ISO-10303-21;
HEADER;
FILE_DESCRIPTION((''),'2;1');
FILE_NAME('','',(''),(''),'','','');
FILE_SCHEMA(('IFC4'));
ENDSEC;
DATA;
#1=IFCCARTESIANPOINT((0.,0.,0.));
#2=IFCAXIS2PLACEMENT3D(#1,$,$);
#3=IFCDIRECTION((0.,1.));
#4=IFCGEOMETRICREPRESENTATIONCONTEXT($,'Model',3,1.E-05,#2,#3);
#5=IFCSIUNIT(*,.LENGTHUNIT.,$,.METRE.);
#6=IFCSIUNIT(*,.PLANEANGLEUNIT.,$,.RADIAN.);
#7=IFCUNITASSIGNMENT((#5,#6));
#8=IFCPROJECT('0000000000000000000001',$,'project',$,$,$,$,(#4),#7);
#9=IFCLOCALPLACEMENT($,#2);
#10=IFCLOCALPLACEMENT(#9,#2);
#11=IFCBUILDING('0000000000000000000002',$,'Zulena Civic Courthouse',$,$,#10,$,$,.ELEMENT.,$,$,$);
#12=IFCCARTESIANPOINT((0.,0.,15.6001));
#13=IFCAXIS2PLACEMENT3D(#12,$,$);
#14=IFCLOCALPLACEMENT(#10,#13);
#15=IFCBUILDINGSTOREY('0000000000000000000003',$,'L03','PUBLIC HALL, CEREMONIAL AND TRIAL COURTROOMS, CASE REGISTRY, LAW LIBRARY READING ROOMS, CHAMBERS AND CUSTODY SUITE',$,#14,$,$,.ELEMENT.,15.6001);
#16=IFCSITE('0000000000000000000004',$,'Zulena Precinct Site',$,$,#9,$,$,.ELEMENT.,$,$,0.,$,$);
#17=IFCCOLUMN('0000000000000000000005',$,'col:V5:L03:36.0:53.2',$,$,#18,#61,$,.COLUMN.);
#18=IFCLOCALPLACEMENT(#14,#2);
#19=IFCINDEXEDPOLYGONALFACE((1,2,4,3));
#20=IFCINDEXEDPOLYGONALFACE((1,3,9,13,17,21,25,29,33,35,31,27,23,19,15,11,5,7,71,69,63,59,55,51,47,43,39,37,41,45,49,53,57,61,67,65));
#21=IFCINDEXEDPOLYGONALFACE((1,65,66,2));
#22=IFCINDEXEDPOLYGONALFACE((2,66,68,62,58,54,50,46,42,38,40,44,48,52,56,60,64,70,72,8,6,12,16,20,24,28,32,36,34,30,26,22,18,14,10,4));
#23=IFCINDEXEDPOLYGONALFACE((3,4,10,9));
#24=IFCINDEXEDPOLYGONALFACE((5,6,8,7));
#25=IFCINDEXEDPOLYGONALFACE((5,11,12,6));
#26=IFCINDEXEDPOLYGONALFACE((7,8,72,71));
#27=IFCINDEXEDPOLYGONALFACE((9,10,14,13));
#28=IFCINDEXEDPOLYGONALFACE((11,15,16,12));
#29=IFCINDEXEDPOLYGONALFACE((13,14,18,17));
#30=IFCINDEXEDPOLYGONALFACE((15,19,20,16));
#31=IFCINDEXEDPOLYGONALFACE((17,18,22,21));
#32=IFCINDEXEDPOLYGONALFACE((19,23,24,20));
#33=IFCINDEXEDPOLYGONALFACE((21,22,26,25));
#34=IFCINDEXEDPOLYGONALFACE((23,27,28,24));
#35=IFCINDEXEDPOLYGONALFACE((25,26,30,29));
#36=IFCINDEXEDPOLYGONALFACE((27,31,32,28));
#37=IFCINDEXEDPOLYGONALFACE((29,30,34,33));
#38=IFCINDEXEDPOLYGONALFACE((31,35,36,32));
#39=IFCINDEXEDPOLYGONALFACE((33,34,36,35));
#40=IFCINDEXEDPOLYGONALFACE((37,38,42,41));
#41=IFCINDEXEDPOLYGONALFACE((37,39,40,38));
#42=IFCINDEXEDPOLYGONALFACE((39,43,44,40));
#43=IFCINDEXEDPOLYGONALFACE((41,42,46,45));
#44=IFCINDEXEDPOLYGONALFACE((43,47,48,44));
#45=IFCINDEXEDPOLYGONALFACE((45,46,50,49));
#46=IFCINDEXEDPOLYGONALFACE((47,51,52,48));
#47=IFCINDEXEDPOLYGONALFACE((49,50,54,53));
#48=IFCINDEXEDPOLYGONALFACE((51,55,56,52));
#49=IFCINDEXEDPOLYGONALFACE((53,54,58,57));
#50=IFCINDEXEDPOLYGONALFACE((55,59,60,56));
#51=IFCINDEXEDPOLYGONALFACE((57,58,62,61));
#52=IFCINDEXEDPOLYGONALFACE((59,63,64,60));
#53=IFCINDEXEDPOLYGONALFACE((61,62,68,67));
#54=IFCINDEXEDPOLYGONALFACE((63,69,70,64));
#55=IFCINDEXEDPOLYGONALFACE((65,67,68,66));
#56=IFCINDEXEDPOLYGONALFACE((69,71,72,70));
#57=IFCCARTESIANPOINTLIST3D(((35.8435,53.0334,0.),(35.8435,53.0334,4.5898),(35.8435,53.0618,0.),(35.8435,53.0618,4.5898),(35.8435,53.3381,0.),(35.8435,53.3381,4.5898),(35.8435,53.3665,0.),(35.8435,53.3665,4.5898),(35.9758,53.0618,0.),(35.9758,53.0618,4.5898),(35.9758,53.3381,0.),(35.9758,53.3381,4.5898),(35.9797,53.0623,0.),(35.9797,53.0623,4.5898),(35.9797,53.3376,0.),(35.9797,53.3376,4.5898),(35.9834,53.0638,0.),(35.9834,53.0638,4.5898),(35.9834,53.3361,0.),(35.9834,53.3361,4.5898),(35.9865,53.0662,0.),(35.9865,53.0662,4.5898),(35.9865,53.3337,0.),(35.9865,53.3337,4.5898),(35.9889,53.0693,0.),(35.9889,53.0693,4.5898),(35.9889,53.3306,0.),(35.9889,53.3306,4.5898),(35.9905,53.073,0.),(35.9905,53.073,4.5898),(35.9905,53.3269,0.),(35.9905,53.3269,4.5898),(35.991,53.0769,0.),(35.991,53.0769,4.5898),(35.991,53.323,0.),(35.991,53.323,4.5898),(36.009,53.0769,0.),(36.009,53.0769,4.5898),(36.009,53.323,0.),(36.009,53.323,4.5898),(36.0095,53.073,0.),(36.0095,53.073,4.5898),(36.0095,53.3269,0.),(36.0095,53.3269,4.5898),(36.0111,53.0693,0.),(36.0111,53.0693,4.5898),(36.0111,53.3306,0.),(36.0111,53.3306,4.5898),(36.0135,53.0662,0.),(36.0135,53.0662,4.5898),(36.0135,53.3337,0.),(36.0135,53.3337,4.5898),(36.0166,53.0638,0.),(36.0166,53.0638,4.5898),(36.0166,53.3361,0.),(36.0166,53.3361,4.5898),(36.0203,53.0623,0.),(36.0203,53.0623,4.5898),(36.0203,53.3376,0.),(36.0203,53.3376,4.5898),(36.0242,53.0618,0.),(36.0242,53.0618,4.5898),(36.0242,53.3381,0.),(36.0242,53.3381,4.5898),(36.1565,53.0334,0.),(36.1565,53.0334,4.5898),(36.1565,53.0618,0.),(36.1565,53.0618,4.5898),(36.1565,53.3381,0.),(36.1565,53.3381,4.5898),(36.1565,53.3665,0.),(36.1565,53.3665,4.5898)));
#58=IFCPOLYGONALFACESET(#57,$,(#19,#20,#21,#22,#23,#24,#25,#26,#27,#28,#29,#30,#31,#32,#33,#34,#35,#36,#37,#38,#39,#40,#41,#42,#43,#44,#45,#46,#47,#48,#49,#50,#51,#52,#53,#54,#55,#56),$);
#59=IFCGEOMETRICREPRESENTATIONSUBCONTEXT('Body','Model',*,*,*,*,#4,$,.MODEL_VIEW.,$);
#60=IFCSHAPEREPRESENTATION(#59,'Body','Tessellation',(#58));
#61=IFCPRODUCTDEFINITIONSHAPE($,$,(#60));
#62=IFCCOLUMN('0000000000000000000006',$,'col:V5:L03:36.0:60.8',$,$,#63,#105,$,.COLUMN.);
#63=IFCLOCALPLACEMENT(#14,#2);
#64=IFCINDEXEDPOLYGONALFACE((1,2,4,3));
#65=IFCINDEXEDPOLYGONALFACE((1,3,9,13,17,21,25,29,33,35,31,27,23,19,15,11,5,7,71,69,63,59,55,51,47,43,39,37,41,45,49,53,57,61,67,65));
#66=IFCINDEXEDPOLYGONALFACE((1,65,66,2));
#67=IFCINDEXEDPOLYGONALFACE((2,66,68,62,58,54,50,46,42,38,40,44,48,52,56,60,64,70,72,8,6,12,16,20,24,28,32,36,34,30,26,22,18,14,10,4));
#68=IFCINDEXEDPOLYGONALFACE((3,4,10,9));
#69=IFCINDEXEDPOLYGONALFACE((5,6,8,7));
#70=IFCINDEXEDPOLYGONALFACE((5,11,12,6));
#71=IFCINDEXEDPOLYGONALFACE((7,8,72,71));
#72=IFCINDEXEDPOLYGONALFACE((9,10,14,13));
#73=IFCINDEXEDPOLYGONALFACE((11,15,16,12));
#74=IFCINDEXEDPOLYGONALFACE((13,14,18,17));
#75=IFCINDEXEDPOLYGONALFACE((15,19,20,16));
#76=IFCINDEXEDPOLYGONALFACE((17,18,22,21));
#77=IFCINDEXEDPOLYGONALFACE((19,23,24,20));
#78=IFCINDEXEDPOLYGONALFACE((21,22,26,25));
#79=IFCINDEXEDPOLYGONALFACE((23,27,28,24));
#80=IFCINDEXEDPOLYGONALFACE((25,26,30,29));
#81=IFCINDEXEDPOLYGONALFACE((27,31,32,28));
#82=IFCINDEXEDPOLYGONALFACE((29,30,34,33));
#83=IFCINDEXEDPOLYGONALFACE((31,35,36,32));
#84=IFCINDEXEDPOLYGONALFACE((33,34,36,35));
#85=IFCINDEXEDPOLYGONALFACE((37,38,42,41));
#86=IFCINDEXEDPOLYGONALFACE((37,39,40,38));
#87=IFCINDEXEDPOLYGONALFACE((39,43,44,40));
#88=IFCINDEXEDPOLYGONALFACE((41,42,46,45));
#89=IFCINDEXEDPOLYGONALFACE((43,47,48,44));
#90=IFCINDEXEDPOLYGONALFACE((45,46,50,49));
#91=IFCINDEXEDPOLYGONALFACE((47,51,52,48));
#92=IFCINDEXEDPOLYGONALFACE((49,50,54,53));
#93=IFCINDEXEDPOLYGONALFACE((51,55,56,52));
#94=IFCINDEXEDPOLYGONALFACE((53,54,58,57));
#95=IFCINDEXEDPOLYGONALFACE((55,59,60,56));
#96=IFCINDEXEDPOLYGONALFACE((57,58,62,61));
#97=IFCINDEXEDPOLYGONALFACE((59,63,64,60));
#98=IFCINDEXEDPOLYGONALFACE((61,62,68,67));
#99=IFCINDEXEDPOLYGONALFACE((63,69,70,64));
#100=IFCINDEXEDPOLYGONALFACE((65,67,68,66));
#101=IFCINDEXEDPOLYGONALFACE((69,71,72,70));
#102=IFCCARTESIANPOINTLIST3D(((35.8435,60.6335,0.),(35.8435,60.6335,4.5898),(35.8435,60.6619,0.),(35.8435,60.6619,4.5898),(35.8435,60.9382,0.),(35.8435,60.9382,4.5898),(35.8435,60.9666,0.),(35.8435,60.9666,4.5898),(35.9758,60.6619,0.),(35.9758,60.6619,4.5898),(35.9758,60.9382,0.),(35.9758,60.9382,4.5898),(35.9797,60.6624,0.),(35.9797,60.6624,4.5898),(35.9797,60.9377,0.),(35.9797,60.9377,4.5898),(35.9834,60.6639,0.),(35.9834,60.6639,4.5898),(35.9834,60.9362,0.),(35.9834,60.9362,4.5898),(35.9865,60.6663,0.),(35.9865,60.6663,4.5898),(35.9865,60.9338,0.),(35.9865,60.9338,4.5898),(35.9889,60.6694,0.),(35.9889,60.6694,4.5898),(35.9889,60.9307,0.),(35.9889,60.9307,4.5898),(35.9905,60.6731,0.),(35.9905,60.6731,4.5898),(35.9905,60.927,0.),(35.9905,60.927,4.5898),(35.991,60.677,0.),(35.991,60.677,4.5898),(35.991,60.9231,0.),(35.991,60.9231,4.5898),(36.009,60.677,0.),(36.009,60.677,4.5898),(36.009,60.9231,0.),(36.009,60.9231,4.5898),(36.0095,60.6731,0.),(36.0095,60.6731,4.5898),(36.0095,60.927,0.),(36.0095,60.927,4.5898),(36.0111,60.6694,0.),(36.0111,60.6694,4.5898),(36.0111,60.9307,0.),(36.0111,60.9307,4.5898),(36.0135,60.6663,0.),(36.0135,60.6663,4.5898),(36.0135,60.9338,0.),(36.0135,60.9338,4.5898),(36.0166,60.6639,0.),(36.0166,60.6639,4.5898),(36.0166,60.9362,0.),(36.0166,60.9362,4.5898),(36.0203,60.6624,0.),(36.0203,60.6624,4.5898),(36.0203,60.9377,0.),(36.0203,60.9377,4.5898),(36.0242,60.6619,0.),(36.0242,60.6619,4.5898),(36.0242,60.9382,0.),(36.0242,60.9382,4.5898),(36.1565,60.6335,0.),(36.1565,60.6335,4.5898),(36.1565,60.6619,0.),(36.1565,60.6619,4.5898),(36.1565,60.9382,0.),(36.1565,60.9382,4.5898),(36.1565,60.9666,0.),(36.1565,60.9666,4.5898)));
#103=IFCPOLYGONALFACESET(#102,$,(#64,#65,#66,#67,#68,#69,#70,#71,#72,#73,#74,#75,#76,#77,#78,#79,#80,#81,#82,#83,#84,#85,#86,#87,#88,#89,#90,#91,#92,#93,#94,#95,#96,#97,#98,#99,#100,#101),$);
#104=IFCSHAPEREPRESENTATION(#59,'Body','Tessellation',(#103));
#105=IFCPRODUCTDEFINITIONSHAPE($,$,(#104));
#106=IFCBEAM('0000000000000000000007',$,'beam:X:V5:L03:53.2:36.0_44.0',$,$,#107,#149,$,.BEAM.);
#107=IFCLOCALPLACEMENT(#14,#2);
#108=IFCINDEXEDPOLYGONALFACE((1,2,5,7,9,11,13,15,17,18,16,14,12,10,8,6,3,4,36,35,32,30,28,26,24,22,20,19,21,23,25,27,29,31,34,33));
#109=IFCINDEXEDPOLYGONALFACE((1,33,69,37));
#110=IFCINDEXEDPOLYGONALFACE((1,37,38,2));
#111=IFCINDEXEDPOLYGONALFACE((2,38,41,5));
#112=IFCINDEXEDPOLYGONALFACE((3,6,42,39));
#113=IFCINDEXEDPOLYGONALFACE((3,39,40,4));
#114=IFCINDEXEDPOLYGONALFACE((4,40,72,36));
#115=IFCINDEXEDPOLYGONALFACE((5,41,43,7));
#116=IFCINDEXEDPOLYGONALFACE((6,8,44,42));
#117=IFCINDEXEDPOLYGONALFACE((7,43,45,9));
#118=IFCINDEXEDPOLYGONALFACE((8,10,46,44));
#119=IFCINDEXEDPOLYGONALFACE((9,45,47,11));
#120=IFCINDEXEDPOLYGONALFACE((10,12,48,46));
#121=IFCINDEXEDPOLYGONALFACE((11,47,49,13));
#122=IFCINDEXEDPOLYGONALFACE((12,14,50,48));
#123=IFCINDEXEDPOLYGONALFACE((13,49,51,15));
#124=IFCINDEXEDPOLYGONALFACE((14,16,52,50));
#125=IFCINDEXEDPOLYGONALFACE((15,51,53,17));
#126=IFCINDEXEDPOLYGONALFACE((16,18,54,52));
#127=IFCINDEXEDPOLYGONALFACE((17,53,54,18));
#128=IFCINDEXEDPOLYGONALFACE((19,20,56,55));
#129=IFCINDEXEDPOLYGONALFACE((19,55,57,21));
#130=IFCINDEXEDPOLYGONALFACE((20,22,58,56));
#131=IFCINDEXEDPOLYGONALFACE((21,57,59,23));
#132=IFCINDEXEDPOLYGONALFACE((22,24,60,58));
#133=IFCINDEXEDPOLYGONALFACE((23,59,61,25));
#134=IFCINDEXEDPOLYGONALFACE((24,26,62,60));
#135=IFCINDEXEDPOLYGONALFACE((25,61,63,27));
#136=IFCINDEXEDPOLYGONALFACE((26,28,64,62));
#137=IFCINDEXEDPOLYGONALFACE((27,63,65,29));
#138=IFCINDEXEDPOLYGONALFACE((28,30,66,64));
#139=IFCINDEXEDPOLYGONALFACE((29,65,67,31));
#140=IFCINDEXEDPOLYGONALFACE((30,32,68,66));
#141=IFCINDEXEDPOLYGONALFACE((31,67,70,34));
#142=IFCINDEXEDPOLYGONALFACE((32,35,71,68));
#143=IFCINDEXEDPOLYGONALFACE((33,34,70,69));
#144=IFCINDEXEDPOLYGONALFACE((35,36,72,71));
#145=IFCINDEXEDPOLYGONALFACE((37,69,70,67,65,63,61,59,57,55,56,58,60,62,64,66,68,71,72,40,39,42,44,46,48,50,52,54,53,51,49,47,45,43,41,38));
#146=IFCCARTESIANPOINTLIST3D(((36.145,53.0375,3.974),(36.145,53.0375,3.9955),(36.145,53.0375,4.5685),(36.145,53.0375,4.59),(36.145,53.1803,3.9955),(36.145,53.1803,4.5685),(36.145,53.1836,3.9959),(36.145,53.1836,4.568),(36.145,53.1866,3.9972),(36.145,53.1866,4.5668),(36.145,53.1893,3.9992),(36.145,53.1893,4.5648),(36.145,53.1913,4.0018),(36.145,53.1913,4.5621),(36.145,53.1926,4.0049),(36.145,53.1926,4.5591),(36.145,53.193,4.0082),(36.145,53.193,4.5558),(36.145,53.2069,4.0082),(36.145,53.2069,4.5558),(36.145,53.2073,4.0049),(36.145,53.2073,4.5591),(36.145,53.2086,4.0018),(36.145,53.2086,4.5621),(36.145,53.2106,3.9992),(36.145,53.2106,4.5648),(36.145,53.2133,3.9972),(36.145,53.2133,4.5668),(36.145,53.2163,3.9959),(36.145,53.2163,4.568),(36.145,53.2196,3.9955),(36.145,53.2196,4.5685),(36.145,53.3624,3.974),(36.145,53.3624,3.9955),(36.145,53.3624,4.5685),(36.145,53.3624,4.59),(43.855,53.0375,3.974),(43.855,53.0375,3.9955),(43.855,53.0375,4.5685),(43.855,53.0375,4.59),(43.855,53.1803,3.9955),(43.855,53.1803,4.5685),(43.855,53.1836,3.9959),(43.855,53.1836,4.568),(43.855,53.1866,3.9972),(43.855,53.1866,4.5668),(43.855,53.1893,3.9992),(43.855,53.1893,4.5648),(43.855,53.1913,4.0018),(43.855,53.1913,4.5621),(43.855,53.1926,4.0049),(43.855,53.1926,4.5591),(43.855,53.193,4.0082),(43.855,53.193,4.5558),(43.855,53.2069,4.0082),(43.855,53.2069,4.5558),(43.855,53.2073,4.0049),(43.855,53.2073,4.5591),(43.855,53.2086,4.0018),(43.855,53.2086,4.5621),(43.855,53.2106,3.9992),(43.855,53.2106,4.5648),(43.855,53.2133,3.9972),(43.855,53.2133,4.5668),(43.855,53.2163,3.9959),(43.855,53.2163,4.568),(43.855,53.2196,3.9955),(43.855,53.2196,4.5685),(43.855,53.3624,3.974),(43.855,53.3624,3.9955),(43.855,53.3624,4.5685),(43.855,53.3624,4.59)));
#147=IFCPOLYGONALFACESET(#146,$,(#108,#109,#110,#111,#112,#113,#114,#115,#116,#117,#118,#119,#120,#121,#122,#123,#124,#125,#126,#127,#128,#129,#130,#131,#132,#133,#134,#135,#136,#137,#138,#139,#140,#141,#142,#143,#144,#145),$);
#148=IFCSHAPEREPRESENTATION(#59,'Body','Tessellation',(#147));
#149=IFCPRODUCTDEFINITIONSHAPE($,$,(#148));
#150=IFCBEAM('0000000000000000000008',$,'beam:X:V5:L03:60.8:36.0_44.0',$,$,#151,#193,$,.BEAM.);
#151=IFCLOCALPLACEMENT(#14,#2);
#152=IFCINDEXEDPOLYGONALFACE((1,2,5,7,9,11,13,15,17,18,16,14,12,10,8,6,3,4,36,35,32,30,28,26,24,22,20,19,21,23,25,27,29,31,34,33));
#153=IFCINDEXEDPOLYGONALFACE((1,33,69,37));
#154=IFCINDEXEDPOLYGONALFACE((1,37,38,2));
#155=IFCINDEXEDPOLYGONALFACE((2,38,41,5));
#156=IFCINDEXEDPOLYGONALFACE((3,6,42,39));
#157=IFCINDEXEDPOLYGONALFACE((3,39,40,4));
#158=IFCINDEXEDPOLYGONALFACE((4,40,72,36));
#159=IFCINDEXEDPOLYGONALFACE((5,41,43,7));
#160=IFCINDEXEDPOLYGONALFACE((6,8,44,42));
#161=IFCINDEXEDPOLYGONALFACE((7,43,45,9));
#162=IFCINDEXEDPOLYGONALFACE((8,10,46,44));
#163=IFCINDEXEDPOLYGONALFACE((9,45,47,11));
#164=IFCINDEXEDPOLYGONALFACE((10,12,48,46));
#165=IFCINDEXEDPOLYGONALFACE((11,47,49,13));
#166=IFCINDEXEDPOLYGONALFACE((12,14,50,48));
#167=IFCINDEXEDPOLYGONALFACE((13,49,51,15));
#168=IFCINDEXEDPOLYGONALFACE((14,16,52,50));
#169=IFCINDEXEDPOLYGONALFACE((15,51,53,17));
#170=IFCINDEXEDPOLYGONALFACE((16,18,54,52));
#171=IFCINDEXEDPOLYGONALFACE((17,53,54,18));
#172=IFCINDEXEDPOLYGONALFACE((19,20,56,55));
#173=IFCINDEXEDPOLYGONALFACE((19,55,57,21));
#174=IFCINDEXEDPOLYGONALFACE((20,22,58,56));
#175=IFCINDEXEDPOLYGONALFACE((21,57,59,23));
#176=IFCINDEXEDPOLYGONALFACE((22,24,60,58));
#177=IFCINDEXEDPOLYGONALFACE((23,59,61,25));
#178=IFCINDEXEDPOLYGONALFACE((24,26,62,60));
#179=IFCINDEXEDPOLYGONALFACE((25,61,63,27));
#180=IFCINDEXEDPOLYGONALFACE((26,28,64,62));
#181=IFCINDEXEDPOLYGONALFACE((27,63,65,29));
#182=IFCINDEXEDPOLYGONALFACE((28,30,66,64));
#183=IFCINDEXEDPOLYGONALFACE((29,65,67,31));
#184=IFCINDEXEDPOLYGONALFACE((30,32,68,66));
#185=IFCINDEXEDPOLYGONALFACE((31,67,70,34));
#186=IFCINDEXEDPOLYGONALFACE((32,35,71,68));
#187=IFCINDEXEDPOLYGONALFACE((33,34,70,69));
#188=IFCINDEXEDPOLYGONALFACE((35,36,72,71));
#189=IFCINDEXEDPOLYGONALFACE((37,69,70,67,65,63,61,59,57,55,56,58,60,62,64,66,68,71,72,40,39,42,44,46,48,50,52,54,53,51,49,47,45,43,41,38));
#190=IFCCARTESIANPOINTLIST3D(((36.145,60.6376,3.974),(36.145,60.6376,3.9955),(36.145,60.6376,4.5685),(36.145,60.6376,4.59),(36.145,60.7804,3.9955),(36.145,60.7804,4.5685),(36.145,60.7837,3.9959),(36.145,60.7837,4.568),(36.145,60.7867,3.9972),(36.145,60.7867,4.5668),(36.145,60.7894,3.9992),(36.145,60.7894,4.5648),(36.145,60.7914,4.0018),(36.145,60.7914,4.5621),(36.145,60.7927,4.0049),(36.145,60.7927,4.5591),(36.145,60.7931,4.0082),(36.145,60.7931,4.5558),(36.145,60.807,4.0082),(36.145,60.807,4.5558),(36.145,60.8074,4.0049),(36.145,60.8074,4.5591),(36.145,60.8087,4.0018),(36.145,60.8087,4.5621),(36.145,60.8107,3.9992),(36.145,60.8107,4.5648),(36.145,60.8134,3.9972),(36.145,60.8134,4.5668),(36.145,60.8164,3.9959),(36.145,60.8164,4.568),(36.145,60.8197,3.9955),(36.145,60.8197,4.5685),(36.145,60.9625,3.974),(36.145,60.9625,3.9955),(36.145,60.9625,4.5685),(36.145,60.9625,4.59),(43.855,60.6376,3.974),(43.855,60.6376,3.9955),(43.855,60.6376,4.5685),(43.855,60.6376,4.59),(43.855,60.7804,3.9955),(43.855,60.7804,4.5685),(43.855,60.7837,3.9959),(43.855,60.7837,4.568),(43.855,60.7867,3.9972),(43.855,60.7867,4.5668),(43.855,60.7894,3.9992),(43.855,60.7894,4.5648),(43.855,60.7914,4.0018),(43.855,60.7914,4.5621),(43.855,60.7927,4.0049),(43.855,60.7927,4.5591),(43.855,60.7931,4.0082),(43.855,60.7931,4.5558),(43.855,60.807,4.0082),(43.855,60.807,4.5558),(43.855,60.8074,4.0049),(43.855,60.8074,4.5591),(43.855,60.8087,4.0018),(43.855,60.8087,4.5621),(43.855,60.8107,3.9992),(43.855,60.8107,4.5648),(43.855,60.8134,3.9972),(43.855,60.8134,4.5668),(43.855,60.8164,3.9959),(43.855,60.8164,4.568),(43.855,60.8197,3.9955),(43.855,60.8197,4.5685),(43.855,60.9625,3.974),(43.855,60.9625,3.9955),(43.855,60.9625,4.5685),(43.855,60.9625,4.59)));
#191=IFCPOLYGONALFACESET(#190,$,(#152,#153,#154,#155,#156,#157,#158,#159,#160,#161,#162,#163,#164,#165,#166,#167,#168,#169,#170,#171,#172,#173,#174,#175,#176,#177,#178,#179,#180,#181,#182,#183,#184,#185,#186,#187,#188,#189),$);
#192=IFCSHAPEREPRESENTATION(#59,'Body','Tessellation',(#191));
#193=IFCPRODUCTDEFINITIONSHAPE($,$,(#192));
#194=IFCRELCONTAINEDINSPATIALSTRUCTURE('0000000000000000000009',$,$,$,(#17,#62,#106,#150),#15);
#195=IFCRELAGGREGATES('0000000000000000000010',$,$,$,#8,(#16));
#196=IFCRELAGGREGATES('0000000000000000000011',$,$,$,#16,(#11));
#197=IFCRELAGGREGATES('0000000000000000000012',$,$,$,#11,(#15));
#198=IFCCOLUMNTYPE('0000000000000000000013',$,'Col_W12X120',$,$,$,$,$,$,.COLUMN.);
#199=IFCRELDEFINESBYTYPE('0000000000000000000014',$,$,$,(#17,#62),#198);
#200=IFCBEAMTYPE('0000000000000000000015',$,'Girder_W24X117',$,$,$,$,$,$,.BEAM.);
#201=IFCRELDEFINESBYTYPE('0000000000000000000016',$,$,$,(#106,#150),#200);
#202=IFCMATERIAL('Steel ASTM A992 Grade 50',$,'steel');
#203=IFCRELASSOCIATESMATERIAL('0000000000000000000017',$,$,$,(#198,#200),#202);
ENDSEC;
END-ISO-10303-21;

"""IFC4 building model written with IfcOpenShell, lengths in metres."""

from ifc_helpers import new_model, si_unit, direction, frame, origin, origin_2d, place, context, subcontext, project, spatial, i_section, extrude, material, material_profile, profile_set, type_object, element, save


model = new_model("IFC4")

# Units and contexts
model_context = context("Model", 3, precision=1e-05, world=origin(), true_north=direction((0.0, 1.0)))
body_context = subcontext(model_context, "Body", "Model", "MODEL_VIEW")
ifc_project = project(units=[si_unit("LENGTHUNIT", "METRE"), si_unit("PLANEANGLEUNIT", "RADIAN")], contexts=[model_context])

# Site, building, storey
site_placement = place(None, origin())
site = spatial("IfcSite", under=ifc_project, at=site_placement, Name="Zulena Precinct Site", CompositionType="ELEMENT", RefElevation=0.0)
building_placement = place(site_placement, origin())
building = spatial("IfcBuilding", under=site, at=building_placement, Name="Zulena Civic Courthouse", CompositionType="ELEMENT")
storey_placement = place(building_placement, frame((0.0, 0.0, 15.6001)))
storey = spatial("IfcBuildingStorey", under=building, at=storey_placement, Name="L03", Description="PUBLIC HALL, CEREMONIAL AND TRIAL COURTROOMS, CASE REGISTRY, LAW LIBRARY READING ROOMS, CHAMBERS AND CUSTODY SUITE", CompositionType="ELEMENT", Elevation=15.6001)

# Columns
ifc_material_1 = material(Name="Steel ASTM A992 Grade 50", Category="steel")
ifc_material_profile_1 = material_profile(ifc_material_1, i_section(OverallWidth=0.313, OverallDepth=0.333, WebThickness=0.0181, FlangeThickness=0.0283, FilletRadius=0.0151, at=origin_2d()), Name="W12X120")
ifc_profile_set_1 = profile_set([ifc_material_profile_1], Name="Steel ASTM A992 Grade 50")
column_type = type_object("IfcColumnType", Name="Col_W12X120", PredefinedType="COLUMN", material=ifc_profile_set_1)
for number, where, z_axis, x_axis, name in (
    (1, (36.0, 53.2, 0.0), (0.0, 0.0, 1.0), (1.0, 0.0, 0.0), "col:V5:L03:36.0:53.2"),
    (2, (36.0, 60.8, 0.0), (0.0, 0.0, 1.0), (1.0, 0.0, 0.0), "col:V5:L03:36.0:60.8"),
):
    element("IfcColumn", number, at=place(storey_placement, frame(where, z_axis=z_axis, x_axis=x_axis)), inside=storey, type_object=column_type, Name=name, PredefinedType="COLUMN", context=body_context, shape_type="SweptSolid", body=[
        extrude(i_section(OverallWidth=0.313, OverallDepth=0.333, WebThickness=0.0181, FlangeThickness=0.0283, FilletRadius=0.0151, at=origin_2d()), origin(), (0.0, 0.0, 1.0), 4.5898),
    ])

# Beams
ifc_material_profile_2 = material_profile(ifc_material_1, i_section(OverallWidth=0.325, OverallDepth=0.616, WebThickness=0.0139, FlangeThickness=0.0215, FilletRadius=0.0127, at=origin_2d()), Name="W24X117")
ifc_profile_set_2 = profile_set([ifc_material_profile_2], Name="Steel ASTM A992 Grade 50")
beam_type_1 = type_object("IfcBeamType", Name="Girder_W24X117", PredefinedType="BEAM", material=ifc_profile_set_2)
for number, where, z_axis, x_axis, name in (
    (3, (36.145, 53.2, 4.282), (1.0, 0.0, 0.0), (0.0, 1.0, 0.0), "beam:X:V5:L03:53.2:36.0_44.0"),
    (4, (36.145, 60.8, 4.282), (1.0, 0.0, 0.0), (0.0, 1.0, 0.0), "beam:X:V5:L03:60.8:36.0_44.0"),
):
    element("IfcBeam", number, at=place(storey_placement, frame(where, z_axis=z_axis, x_axis=x_axis)), inside=storey, type_object=beam_type_1, Name=name, PredefinedType="BEAM", context=body_context, shape_type="SweptSolid", body=[
        extrude(i_section(OverallWidth=0.325, OverallDepth=0.616, WebThickness=0.0139, FlangeThickness=0.0215, FilletRadius=0.0127, at=origin_2d()), origin(), (0.0, 0.0, 1.0), 7.71),
    ])

save(model, "model.ifc")
